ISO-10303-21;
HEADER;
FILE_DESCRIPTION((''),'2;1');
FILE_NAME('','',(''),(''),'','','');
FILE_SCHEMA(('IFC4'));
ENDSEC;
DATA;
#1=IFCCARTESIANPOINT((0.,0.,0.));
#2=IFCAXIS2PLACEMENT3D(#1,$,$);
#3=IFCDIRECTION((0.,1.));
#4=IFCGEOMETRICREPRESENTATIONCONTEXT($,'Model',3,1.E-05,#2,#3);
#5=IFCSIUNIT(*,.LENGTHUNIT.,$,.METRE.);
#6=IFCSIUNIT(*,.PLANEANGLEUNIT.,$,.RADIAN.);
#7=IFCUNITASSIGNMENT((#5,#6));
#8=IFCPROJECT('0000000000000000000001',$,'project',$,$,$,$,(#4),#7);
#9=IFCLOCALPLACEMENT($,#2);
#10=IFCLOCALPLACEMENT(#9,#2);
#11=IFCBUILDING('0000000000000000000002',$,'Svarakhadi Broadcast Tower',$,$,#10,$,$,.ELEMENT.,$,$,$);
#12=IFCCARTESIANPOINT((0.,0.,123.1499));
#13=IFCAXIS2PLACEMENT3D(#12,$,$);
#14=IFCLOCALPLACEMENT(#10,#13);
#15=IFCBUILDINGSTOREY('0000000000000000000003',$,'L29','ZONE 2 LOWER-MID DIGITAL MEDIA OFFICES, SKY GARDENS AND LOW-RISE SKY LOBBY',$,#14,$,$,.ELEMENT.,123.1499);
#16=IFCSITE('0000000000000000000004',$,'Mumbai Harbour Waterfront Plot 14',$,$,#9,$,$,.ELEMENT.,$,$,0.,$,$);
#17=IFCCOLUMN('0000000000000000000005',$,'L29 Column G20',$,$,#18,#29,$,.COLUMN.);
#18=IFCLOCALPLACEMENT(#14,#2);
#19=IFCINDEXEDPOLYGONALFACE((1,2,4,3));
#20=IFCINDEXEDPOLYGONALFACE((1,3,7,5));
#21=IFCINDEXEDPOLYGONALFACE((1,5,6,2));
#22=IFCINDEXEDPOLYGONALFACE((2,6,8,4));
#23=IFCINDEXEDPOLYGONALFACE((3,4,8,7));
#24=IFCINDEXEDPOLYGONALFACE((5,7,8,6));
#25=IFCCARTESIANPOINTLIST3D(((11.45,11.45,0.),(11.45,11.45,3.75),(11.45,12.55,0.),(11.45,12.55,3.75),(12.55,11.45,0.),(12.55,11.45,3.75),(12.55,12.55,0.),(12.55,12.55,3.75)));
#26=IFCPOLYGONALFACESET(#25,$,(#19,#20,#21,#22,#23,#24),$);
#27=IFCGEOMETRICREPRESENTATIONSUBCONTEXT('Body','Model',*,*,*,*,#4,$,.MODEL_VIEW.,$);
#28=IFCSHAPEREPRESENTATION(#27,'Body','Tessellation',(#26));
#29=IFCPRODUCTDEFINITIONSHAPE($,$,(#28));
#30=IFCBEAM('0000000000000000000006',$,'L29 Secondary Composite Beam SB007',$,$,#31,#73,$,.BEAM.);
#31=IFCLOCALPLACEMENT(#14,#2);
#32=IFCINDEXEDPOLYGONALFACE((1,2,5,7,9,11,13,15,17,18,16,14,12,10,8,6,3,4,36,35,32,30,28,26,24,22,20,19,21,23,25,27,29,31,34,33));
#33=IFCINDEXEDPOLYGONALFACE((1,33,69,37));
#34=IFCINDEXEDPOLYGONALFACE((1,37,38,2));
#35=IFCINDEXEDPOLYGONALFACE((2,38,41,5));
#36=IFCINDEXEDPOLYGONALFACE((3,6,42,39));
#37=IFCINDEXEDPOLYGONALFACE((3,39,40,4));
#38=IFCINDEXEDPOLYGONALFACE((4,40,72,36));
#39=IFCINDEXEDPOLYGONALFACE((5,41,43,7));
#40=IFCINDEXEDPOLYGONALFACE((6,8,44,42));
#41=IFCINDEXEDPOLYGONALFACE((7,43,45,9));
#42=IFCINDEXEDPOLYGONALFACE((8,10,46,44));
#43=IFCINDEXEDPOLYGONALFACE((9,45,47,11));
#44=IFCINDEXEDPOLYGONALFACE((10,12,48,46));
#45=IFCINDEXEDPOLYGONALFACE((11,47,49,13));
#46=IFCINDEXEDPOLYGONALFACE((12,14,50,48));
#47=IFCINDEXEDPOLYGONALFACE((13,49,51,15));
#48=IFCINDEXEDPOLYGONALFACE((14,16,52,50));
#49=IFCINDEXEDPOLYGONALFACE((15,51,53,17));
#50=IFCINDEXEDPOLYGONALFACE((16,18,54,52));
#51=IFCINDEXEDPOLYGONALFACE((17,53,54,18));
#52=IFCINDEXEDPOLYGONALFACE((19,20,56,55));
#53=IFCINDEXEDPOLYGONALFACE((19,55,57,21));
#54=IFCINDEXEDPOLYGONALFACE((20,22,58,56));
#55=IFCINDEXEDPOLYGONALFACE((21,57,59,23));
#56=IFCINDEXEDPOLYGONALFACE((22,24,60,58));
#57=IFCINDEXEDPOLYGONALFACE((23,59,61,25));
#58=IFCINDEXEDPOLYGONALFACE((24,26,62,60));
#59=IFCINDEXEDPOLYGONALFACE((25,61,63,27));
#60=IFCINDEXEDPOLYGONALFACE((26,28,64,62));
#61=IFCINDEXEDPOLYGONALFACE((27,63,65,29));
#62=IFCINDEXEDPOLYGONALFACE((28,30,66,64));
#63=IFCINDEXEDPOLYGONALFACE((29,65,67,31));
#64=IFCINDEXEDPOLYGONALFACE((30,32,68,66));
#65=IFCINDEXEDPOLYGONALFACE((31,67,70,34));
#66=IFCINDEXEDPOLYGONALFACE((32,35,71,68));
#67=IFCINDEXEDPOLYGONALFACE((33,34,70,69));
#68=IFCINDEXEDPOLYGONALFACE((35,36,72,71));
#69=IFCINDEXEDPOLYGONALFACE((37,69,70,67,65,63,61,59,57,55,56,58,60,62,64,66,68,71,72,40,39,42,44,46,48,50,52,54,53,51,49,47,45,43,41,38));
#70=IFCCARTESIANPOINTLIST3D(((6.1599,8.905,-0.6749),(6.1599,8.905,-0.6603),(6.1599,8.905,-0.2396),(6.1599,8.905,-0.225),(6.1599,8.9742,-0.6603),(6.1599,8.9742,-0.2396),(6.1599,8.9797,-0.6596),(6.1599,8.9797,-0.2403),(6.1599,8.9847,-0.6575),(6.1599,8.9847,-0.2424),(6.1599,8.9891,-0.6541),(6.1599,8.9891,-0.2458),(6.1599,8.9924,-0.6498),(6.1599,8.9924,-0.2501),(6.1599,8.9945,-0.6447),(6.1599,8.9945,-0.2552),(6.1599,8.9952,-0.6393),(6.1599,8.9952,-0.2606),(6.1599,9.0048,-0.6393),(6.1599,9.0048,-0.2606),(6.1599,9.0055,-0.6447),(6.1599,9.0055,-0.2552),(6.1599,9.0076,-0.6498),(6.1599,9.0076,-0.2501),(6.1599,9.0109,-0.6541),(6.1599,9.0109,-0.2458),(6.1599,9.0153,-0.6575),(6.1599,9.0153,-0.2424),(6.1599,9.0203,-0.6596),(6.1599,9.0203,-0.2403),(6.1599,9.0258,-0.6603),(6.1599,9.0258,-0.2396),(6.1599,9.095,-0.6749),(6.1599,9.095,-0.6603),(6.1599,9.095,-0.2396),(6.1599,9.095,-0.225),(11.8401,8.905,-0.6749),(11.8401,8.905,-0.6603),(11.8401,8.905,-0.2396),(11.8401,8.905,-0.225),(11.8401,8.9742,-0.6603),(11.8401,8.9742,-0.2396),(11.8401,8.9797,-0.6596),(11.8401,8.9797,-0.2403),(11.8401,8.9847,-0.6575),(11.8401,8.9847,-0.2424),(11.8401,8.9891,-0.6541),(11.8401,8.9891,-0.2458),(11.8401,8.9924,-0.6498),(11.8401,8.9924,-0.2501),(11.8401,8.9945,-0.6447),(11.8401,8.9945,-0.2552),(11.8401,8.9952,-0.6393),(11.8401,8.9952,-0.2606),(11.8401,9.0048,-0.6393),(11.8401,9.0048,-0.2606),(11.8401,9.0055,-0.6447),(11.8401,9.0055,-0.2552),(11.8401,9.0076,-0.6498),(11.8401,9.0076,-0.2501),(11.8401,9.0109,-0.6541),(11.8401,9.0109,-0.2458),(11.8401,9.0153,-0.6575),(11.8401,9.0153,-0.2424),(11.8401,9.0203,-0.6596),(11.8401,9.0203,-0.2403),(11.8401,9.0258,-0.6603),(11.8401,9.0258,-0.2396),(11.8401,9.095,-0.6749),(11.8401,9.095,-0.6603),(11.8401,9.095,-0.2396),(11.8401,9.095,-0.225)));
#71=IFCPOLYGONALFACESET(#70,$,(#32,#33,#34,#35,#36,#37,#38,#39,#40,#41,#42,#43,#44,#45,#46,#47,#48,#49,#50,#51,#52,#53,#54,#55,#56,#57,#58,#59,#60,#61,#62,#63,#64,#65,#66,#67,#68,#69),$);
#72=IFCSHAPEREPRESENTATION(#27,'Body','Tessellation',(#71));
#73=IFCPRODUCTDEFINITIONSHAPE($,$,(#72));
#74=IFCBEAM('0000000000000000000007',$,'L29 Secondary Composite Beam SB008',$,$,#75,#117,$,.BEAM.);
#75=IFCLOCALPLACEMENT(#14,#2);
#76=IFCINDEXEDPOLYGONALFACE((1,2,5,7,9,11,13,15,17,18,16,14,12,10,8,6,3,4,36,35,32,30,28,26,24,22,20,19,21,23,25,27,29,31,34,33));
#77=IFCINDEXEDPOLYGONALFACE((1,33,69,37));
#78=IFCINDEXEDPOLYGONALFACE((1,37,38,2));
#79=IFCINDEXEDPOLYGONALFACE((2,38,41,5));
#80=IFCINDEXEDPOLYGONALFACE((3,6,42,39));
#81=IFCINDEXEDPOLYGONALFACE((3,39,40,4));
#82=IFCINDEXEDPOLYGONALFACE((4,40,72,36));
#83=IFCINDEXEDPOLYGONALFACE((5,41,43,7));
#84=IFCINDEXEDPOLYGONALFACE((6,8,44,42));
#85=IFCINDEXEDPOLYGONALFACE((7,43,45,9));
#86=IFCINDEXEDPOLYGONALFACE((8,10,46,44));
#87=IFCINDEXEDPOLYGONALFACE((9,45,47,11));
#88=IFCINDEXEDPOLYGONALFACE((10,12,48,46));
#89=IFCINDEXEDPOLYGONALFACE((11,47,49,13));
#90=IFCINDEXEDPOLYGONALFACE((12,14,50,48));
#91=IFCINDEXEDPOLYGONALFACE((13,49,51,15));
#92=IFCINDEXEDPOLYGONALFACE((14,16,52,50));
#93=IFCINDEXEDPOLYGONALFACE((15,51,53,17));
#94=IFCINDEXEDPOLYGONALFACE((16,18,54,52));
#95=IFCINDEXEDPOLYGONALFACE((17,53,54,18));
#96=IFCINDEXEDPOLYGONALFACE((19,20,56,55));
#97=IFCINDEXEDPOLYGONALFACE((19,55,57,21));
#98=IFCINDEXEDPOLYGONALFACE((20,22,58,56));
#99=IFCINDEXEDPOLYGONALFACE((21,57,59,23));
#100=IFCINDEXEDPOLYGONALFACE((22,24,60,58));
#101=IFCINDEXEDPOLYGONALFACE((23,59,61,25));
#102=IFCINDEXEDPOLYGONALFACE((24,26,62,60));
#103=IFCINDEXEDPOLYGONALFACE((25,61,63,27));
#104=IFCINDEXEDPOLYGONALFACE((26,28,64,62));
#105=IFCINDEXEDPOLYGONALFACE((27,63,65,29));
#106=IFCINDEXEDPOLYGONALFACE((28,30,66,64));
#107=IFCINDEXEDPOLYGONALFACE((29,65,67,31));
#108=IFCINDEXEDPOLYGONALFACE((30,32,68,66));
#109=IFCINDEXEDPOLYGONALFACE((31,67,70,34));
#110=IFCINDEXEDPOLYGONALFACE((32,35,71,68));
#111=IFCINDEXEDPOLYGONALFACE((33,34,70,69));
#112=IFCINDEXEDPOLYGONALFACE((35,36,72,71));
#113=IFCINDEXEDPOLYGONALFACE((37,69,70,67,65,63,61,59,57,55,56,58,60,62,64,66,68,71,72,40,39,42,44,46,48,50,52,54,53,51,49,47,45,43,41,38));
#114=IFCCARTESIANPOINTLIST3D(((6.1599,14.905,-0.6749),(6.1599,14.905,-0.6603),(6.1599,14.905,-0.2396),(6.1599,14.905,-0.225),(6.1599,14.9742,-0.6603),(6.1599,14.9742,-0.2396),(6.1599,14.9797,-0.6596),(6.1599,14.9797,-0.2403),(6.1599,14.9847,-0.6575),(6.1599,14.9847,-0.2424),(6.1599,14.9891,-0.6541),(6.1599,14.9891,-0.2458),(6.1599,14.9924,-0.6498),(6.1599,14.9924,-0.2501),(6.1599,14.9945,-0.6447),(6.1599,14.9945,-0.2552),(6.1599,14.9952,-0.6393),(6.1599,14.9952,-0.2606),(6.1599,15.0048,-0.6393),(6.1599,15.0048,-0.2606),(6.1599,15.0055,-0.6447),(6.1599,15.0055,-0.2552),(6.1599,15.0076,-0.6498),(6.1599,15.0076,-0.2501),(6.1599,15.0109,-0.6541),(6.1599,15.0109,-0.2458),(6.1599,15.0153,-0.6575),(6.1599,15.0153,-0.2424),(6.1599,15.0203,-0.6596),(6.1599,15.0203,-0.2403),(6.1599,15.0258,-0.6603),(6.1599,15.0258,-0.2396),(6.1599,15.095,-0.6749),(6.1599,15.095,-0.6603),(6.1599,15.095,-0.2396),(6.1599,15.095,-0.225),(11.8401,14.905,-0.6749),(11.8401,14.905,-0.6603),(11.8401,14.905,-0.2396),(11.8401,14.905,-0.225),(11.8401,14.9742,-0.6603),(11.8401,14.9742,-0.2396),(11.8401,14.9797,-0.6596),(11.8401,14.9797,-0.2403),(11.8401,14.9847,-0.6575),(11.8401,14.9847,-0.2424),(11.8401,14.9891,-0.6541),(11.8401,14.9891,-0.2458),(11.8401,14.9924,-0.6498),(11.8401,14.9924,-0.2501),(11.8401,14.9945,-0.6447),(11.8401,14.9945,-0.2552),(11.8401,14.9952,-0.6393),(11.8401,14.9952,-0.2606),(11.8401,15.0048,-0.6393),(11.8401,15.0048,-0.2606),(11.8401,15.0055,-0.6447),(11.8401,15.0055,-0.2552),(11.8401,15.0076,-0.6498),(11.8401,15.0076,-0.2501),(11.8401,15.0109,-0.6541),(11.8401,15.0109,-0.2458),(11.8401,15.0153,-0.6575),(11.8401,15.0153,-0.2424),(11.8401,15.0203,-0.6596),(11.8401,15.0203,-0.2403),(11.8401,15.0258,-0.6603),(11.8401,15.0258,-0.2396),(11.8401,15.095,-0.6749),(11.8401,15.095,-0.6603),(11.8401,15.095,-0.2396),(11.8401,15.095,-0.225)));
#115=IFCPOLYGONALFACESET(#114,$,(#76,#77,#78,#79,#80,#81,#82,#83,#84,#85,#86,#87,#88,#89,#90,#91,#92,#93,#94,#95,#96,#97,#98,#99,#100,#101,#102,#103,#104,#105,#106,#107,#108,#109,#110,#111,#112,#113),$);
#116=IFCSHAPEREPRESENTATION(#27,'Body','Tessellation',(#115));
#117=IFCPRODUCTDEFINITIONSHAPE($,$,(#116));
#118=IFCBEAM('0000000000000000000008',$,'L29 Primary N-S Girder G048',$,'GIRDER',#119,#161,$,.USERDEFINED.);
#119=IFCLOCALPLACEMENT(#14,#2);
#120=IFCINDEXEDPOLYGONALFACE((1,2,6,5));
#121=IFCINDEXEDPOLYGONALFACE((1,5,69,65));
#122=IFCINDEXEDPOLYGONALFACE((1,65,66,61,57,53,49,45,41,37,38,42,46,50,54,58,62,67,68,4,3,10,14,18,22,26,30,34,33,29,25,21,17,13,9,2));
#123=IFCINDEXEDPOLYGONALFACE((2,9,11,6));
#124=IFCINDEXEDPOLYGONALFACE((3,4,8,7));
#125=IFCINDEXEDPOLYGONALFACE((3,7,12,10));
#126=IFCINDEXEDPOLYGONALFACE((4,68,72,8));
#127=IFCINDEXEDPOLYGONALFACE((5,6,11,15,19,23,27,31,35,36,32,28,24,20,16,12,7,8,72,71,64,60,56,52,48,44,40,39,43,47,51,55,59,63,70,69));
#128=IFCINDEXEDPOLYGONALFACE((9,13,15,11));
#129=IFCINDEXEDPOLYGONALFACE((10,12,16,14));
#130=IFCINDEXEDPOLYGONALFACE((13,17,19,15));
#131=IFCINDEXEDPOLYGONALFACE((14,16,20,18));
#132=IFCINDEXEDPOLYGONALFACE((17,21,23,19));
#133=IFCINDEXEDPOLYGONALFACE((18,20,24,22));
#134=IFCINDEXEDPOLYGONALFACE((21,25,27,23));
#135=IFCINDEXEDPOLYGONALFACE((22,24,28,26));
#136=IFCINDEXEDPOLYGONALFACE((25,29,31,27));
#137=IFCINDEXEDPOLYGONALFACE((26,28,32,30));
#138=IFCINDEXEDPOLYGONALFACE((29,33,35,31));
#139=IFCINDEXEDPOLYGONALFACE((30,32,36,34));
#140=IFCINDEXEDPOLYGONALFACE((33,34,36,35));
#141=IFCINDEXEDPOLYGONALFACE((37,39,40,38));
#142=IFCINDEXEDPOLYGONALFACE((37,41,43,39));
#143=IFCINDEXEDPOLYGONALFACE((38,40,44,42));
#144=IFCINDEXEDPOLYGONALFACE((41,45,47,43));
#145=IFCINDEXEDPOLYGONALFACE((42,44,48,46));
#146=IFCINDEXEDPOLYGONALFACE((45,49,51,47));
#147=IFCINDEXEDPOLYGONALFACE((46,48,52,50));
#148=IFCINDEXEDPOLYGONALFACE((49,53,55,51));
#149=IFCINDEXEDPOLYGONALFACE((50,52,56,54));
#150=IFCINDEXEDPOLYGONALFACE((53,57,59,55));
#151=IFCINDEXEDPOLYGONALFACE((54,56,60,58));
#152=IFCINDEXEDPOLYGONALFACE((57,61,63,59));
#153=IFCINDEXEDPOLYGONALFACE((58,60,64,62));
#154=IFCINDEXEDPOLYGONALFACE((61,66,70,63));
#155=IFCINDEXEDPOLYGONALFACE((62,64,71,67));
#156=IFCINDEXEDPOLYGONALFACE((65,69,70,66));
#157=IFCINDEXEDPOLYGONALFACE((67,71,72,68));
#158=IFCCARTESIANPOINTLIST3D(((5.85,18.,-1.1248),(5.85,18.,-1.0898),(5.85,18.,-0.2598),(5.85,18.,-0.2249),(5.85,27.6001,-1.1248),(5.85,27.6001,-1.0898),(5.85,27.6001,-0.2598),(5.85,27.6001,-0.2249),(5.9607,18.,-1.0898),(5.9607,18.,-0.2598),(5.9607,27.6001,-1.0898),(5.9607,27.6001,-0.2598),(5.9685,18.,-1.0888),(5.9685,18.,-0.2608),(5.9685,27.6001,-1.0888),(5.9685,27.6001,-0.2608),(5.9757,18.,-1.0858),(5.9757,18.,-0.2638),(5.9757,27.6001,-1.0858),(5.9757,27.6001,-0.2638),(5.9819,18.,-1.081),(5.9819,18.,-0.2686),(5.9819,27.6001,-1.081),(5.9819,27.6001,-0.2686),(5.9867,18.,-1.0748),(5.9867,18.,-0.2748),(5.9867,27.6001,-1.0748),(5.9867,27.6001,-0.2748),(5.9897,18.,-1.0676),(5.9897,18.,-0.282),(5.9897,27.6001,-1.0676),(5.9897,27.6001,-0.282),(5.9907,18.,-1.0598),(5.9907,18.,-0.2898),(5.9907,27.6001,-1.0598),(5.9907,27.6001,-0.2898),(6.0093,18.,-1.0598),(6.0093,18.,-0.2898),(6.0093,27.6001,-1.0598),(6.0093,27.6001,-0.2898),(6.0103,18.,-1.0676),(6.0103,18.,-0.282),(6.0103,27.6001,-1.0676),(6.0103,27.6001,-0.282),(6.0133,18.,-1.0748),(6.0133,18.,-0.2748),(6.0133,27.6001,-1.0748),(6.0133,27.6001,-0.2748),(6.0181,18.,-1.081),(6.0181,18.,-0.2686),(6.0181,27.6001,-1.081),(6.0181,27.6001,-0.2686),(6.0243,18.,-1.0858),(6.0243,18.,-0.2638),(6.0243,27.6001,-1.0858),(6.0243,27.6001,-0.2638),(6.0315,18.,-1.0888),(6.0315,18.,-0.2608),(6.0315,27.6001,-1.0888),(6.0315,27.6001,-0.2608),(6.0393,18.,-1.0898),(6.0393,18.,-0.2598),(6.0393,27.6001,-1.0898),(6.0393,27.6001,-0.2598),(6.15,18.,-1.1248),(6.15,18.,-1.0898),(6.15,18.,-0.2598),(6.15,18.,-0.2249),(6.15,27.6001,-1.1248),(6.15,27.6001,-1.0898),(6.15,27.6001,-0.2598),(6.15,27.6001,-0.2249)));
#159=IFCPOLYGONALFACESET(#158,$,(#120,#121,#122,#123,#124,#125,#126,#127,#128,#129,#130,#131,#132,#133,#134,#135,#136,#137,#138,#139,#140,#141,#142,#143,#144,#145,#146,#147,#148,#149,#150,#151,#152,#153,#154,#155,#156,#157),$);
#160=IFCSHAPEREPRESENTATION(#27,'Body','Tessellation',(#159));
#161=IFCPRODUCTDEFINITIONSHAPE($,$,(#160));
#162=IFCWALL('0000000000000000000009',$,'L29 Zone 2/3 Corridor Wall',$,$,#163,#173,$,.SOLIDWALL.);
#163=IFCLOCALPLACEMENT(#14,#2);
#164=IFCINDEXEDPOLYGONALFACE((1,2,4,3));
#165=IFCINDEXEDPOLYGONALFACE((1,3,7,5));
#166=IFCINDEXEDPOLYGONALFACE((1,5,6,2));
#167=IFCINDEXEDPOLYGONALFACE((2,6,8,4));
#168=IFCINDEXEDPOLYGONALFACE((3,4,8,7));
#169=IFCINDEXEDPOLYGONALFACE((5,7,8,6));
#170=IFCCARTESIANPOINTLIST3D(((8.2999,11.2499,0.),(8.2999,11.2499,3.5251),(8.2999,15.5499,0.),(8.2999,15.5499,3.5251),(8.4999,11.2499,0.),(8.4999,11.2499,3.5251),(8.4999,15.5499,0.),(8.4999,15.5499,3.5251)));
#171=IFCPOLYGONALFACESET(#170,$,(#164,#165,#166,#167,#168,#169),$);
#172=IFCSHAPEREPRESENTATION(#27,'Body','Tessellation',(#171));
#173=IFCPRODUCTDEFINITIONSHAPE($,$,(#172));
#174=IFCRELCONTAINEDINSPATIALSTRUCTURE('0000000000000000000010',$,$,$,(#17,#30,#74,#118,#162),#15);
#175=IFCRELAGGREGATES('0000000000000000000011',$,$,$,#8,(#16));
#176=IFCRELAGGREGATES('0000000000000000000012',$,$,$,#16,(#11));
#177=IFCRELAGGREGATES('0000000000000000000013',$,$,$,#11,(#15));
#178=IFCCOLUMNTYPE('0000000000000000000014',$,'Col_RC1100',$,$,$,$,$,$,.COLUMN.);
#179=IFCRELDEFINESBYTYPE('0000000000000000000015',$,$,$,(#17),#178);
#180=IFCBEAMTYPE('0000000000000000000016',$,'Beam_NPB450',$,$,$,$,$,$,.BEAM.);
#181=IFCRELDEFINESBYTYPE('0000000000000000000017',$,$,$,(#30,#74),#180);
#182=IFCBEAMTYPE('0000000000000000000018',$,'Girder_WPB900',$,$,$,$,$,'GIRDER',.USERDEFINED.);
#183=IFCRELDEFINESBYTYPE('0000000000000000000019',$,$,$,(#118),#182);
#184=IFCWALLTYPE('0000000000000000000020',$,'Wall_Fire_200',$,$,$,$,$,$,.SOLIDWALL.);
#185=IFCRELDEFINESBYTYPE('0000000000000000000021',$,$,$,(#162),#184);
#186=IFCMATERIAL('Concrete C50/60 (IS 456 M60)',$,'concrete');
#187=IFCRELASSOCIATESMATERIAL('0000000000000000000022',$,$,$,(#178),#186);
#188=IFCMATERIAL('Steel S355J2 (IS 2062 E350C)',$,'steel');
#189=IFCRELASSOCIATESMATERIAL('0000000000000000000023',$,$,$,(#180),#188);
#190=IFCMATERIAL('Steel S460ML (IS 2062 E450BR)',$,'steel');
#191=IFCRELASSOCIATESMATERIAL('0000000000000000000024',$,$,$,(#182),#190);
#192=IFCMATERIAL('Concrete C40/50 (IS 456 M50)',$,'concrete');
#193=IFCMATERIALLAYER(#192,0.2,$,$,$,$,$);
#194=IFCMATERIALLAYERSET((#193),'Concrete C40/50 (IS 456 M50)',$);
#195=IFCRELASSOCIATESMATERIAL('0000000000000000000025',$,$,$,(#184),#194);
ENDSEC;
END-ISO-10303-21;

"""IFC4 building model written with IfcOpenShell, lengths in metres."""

from ifc_helpers import new_model, si_unit, direction, frame, frame_2d, origin, origin_2d, place, context, subcontext, project, spatial, rectangle, i_section, extrude, material, layer, layer_set, material_profile, profile_set, type_object, element, save


model = new_model("IFC4")

# Units and contexts
model_context = context("Model", 3, precision=1e-05, world=origin(), true_north=direction((0.0, 1.0)))
body_context = subcontext(model_context, "Body", "Model", "MODEL_VIEW")
ifc_project = project(units=[si_unit("LENGTHUNIT", "METRE"), si_unit("PLANEANGLEUNIT", "RADIAN")], contexts=[model_context])

# Site, building, storey
site_placement = place(None, origin())
site = spatial("IfcSite", under=ifc_project, at=site_placement, Name="Mumbai Harbour Waterfront Plot 14", CompositionType="ELEMENT", RefElevation=0.0)
building_placement = place(site_placement, origin())
building = spatial("IfcBuilding", under=site, at=building_placement, Name="Svarakhadi Broadcast Tower", CompositionType="ELEMENT")
storey_placement = place(building_placement, frame((0.0, 0.0, 123.1499)))
storey = spatial("IfcBuildingStorey", under=building, at=storey_placement, Name="L29", Description="ZONE 2 LOWER-MID DIGITAL MEDIA OFFICES, SKY GARDENS AND LOW-RISE SKY LOBBY", CompositionType="ELEMENT", Elevation=123.1499)

# Column
ifc_material_1 = material(Name="Concrete C50/60 (IS 456 M60)", Category="concrete")
ifc_material_profile_1 = material_profile(ifc_material_1, rectangle(XDim=1.1001, YDim=1.1001, at=origin_2d()), Name="RC 1100x1100")
ifc_profile_set_1 = profile_set([ifc_material_profile_1], Name="Concrete C50/60 (IS 456 M60)")
column_type = type_object("IfcColumnType", Name="Col_RC1100", PredefinedType="COLUMN", material=ifc_profile_set_1)
column_placement = place(storey_placement, frame((12.0, 12.0, 0.0), z_axis=(0.0, 0.0, 1.0), x_axis=(1.0, 0.0, 0.0)))
element("IfcColumn", 1, at=column_placement, inside=storey, type_object=column_type, Name="L29 Column G20", PredefinedType="COLUMN", context=body_context, shape_type="SweptSolid", body=[
    extrude(rectangle(XDim=1.1001, YDim=1.1001, at=origin_2d()), origin(), (0.0, 0.0, 1.0), 3.75),
])

# Beams
ifc_material_2 = material(Name="Steel S355J2 (IS 2062 E350C)", Category="steel")
ifc_material_profile_2 = material_profile(ifc_material_2, i_section(OverallWidth=0.1899, OverallDepth=0.45, WebThickness=0.0095, FlangeThickness=0.0146, FilletRadius=0.021, at=origin_2d()), Name="NPB 450x190x78")
ifc_profile_set_2 = profile_set([ifc_material_profile_2], Name="Steel S355J2 (IS 2062 E350C)")
beam_type_1 = type_object("IfcBeamType", Name="Beam_NPB450", PredefinedType="BEAM", material=ifc_profile_set_2)
for number, where, z_axis, x_axis, name in (
    (2, (6.1599, 9.0, -0.45), (1.0, 0.0, 0.0), (0.0, 1.0, 0.0), "L29 Secondary Composite Beam SB007"),
    (3, (6.1599, 15.0, -0.45), (1.0, 0.0, 0.0), (0.0, 1.0, 0.0), "L29 Secondary Composite Beam SB008"),
):
    element("IfcBeam", number, at=place(storey_placement, frame(where, z_axis=z_axis, x_axis=x_axis)), inside=storey, type_object=beam_type_1, Name=name, PredefinedType="BEAM", context=body_context, shape_type="SweptSolid", body=[
        extrude(i_section(OverallWidth=0.1899, OverallDepth=0.45, WebThickness=0.0095, FlangeThickness=0.0146, FilletRadius=0.021, at=origin_2d()), origin(), (0.0, 0.0, 1.0), 5.6802),
    ])
ifc_material_3 = material(Name="Steel S460ML (IS 2062 E450BR)", Category="steel")
ifc_material_profile_3 = material_profile(ifc_material_3, i_section(OverallWidth=0.3, OverallDepth=0.8999, WebThickness=0.0186, FlangeThickness=0.0349, FilletRadius=0.03, at=origin_2d()), Name="WPB 900x300x291")
ifc_profile_set_3 = profile_set([ifc_material_profile_3], Name="Steel S460ML (IS 2062 E450BR)")
beam_type_2 = type_object("IfcBeamType", Name="Girder_WPB900", ElementType="GIRDER", PredefinedType="USERDEFINED", material=ifc_profile_set_3)
beam_placement = place(storey_placement, frame((6.0, 18.0, -0.6748), z_axis=(0.0, 1.0, 0.0), x_axis=(-1.0, 0.0, 0.0)))
element("IfcBeam", 4, at=beam_placement, inside=storey, type_object=beam_type_2, Name="L29 Primary N-S Girder G048", ObjectType="GIRDER", PredefinedType="USERDEFINED", context=body_context, shape_type="SweptSolid", body=[
    extrude(i_section(OverallWidth=0.3, OverallDepth=0.8999, WebThickness=0.0186, FlangeThickness=0.0349, FilletRadius=0.03, at=origin_2d()), origin(), (0.0, 0.0, 1.0), 9.6001),
])

# Wall
ifc_material_4 = material(Name="Concrete C40/50 (IS 456 M50)", Category="concrete")
ifc_layer_1 = layer(ifc_material_4, 0.2)
ifc_layer_set_1 = layer_set([ifc_layer_1], Name="Concrete C40/50 (IS 456 M50)")
wall_type_1 = type_object("IfcWallType", Name="Wall_Fire_200", PredefinedType="SOLIDWALL", material=ifc_layer_set_1)
wall_1_placement = place(storey_placement, frame((8.3999, 11.25, 0.0), z_axis=(0.0, 0.0, 1.0), x_axis=(0.0, 1.0, 0.0)))
element("IfcWall", 5, at=wall_1_placement, inside=storey, type_object=wall_type_1, Name="L29 Zone 2/3 Corridor Wall", PredefinedType="SOLIDWALL", context=body_context, shape_type="SweptSolid", body=[
    extrude(rectangle(XDim=4.3, YDim=0.2, at=frame_2d((2.1499, 0.0))), origin(), (0.0, 0.0, 1.0), 3.5251),
])

save(model, "model.ifc")
